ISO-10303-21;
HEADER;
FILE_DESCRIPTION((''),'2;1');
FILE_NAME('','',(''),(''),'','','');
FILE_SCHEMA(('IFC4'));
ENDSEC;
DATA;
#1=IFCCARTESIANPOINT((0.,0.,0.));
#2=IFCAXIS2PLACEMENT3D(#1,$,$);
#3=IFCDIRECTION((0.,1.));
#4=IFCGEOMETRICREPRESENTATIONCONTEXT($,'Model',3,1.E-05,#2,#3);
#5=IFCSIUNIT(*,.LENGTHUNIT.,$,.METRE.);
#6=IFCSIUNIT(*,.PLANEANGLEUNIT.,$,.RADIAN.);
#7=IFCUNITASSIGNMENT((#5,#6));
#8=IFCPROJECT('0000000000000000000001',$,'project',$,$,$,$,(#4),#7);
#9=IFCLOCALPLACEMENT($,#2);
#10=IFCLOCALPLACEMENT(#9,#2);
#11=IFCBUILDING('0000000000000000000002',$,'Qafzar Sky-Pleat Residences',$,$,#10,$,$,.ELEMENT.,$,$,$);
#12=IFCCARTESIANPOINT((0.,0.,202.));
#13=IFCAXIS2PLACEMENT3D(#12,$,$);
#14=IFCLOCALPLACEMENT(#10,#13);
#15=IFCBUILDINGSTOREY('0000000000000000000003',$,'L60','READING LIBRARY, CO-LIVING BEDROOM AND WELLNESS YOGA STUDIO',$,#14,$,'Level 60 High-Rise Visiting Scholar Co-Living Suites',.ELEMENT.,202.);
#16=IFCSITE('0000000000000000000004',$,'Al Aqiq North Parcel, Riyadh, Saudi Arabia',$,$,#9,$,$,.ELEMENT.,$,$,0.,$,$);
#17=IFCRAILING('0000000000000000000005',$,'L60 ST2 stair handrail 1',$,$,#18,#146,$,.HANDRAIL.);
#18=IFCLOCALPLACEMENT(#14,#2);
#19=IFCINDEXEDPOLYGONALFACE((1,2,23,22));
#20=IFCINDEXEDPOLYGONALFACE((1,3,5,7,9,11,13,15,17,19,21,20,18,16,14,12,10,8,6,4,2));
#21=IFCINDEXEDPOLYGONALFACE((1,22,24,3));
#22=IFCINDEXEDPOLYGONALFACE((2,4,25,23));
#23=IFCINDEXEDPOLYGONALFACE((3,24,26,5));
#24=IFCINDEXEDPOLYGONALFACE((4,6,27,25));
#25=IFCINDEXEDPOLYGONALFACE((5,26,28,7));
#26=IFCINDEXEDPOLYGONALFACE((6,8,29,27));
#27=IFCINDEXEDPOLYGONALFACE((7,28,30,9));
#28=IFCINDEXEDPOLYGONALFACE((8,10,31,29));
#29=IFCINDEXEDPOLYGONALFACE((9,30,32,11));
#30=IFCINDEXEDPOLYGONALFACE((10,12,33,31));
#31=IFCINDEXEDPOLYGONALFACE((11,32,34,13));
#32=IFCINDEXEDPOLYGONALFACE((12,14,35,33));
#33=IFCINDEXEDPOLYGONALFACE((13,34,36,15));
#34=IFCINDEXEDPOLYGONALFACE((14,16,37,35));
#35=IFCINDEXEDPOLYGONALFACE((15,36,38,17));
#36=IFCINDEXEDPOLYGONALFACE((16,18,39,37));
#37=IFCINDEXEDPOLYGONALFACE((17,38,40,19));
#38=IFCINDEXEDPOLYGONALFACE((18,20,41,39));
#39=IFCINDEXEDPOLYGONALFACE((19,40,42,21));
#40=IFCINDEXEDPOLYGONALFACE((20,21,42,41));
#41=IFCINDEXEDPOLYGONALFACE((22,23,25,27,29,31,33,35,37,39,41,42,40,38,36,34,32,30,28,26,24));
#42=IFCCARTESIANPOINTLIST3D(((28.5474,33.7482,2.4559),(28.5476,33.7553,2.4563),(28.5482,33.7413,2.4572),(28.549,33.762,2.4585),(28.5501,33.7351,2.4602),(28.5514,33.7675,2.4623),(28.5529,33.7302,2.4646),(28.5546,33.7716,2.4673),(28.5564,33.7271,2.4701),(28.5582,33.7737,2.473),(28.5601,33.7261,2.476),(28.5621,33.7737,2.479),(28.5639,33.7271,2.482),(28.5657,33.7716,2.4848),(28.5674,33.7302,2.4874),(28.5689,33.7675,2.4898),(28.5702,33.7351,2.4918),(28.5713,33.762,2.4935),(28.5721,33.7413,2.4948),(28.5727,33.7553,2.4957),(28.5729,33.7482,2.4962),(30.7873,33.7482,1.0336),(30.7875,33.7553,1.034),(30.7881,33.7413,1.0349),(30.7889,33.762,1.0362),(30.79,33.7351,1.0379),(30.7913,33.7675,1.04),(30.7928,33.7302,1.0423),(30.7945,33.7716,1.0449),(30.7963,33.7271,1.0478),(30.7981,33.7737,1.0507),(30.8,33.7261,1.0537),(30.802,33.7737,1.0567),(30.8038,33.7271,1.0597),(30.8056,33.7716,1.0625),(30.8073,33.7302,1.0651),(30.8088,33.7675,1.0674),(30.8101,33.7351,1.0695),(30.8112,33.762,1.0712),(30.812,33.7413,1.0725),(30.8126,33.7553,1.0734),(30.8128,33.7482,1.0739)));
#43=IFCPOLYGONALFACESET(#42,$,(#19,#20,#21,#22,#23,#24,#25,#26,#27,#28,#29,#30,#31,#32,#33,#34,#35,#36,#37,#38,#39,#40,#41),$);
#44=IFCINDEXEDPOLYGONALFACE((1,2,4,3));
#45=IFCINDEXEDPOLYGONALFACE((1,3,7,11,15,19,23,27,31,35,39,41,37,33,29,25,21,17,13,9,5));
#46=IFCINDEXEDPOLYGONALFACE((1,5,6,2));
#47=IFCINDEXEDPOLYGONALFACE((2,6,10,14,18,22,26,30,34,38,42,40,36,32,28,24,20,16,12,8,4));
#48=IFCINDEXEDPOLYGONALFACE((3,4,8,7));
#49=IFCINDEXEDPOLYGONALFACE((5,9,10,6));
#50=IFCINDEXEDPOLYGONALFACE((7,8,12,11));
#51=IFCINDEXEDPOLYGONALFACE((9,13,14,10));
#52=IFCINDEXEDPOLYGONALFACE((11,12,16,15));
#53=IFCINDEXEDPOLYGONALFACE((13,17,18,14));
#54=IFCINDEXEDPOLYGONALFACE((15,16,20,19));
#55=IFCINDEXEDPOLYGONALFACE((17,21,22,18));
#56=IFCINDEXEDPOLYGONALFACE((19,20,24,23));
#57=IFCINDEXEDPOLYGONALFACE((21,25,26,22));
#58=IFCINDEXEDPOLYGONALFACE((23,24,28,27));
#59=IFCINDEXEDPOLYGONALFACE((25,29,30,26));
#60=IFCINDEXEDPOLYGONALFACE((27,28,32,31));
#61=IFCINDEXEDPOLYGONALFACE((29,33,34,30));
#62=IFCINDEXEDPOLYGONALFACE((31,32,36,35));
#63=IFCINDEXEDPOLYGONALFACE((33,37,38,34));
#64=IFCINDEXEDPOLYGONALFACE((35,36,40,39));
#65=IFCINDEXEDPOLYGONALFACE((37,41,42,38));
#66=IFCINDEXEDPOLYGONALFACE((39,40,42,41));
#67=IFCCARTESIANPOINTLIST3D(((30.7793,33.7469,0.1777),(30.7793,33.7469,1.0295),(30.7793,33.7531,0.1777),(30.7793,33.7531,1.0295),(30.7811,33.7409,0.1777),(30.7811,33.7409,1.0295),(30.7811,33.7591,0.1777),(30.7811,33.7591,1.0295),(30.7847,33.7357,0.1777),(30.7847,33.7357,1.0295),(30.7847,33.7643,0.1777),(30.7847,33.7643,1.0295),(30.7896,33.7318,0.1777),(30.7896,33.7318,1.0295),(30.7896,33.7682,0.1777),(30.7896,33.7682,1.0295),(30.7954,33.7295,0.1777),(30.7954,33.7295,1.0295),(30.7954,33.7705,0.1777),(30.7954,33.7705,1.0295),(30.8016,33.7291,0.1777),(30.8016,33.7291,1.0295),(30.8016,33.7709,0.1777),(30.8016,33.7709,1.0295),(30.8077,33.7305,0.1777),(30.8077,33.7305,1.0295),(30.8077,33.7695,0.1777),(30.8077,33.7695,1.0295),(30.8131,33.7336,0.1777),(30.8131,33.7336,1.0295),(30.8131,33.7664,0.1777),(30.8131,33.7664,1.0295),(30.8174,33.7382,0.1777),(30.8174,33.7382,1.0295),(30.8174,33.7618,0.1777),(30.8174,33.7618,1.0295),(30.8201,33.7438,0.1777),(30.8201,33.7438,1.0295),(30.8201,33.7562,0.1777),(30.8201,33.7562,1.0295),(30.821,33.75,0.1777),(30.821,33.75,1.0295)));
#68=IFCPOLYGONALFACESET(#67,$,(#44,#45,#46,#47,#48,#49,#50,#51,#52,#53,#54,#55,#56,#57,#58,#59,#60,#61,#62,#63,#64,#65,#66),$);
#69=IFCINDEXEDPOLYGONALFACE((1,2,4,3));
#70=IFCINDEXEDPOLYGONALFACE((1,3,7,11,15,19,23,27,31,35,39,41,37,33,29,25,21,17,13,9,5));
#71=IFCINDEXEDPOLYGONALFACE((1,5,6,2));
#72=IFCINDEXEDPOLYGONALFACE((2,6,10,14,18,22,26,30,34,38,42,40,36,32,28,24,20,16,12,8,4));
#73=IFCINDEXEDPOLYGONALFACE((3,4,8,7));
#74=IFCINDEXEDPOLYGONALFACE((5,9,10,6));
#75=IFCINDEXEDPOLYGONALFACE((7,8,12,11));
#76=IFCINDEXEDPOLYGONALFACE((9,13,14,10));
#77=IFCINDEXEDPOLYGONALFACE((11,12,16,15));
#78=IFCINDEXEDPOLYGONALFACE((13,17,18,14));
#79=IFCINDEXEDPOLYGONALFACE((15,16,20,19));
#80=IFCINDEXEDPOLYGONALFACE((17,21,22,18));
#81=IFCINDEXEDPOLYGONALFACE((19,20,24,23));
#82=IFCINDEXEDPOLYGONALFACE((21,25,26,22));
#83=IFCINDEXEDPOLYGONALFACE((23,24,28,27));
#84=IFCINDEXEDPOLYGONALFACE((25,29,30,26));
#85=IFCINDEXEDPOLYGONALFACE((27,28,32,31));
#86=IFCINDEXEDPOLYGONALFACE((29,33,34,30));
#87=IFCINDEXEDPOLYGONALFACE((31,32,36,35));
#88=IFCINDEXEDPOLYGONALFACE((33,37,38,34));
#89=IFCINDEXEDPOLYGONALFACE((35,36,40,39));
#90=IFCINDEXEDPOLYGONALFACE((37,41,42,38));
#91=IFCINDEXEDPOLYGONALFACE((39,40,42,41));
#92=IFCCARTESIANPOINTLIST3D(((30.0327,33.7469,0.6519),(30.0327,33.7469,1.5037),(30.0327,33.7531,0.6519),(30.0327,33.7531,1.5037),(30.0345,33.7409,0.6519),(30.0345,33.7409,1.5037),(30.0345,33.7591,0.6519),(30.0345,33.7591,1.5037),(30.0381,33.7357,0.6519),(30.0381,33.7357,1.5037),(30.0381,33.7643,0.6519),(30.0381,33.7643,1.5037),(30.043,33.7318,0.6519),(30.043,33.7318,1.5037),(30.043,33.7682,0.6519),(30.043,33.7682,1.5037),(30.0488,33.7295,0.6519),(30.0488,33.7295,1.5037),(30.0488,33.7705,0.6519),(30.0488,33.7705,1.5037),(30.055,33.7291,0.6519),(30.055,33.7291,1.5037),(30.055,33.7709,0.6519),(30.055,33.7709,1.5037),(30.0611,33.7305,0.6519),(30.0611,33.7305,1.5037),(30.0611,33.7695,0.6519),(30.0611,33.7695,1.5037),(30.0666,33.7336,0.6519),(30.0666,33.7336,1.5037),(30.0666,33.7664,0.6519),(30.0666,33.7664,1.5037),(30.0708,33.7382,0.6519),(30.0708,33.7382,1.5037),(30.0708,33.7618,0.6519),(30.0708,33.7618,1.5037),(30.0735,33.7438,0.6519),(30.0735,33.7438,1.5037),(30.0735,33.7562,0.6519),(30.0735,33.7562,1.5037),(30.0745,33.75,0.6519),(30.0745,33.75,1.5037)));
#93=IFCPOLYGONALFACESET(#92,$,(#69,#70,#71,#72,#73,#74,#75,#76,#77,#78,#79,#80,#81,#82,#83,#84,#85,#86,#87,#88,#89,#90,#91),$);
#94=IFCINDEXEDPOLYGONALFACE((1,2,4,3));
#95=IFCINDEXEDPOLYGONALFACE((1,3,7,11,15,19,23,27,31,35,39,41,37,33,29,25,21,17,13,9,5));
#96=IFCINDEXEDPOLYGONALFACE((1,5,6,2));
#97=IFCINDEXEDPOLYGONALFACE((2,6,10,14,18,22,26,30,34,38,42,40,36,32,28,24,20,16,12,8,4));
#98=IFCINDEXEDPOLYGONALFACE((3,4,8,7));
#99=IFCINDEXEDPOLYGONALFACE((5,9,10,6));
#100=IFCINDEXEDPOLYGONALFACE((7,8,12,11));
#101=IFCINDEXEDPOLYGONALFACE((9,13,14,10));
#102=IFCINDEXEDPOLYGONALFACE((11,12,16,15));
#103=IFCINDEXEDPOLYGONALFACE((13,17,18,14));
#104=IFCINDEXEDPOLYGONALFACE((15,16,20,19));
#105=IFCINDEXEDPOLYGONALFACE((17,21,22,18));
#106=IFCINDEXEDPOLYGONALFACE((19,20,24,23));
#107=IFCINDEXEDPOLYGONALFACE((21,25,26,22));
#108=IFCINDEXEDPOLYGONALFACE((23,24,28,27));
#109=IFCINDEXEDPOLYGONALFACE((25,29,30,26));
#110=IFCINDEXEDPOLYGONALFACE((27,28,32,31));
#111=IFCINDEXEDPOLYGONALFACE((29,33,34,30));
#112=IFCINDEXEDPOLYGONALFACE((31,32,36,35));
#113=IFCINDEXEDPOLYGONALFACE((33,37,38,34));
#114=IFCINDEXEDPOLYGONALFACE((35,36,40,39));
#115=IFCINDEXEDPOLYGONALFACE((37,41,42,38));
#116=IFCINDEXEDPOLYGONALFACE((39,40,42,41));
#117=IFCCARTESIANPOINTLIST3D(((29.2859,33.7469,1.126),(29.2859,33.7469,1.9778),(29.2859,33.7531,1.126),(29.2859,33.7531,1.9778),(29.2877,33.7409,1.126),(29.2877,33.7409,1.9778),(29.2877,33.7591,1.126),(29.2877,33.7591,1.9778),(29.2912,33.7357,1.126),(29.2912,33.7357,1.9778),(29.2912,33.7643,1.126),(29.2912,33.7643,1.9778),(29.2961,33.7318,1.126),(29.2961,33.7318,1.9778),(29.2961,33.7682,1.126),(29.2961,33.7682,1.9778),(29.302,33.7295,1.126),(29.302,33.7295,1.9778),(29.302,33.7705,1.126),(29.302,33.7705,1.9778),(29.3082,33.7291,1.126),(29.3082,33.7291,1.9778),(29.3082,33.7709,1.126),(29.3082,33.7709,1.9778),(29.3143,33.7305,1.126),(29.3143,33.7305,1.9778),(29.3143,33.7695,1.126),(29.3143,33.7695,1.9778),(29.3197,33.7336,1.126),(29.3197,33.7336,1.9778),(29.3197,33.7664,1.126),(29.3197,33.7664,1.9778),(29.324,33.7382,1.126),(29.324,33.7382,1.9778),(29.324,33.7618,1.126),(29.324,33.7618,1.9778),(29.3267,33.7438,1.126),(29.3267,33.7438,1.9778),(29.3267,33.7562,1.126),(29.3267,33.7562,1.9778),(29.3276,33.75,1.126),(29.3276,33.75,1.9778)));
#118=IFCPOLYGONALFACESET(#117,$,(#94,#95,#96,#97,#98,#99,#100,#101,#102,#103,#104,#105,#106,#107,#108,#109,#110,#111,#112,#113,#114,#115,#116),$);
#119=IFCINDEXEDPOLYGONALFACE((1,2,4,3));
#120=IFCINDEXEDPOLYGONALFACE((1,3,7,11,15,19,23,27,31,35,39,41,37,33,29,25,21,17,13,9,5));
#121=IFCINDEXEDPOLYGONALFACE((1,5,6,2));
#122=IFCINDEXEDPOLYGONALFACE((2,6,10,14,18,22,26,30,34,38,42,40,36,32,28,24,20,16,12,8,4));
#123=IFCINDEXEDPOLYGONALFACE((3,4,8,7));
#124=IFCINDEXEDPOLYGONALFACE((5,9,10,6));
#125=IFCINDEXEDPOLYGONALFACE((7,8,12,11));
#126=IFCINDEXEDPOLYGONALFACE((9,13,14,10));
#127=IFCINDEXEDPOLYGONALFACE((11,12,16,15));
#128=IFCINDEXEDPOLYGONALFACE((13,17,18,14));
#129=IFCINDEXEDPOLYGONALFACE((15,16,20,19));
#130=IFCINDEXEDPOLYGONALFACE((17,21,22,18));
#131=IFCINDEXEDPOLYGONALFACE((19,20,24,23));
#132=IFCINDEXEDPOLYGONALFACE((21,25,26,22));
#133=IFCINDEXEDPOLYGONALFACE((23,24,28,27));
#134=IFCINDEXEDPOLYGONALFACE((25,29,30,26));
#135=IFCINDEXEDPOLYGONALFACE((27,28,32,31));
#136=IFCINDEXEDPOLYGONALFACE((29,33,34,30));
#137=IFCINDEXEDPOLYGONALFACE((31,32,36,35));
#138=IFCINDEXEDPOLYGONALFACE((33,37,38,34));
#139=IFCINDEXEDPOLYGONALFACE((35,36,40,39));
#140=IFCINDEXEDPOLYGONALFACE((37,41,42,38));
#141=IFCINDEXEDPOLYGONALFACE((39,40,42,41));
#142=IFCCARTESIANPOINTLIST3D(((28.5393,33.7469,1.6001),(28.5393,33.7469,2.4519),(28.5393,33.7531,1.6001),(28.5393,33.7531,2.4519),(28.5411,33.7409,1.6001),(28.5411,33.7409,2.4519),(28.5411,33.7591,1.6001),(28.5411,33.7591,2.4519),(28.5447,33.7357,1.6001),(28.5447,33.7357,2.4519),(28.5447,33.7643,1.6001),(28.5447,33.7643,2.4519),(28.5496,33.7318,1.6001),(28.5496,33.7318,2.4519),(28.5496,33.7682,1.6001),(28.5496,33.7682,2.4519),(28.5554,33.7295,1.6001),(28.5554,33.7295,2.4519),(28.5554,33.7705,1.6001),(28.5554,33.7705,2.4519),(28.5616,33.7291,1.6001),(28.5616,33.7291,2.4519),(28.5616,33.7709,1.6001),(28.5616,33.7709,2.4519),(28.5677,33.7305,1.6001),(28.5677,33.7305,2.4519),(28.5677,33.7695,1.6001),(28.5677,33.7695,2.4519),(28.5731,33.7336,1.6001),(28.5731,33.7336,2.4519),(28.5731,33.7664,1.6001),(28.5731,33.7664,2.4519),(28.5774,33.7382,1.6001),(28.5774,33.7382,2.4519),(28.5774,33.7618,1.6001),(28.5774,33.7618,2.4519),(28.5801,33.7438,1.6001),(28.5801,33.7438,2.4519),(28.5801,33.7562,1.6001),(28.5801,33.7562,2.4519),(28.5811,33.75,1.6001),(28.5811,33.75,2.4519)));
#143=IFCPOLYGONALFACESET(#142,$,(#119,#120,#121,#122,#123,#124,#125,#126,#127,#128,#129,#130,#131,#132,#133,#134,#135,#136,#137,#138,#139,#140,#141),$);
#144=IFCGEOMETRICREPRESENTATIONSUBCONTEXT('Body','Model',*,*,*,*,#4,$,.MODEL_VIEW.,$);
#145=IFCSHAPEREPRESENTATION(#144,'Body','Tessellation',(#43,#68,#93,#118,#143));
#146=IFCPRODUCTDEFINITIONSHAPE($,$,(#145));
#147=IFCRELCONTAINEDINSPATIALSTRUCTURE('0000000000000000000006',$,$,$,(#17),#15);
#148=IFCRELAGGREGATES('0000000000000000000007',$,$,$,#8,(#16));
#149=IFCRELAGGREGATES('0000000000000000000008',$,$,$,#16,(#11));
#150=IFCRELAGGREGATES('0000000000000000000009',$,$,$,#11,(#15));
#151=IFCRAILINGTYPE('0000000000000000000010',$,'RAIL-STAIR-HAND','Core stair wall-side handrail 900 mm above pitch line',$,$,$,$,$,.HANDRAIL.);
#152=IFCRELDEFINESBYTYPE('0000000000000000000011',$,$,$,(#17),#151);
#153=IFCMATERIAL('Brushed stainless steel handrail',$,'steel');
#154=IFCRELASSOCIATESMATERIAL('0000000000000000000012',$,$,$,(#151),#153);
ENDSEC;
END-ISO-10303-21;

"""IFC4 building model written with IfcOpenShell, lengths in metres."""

from ifc_helpers import new_model, si_unit, direction, frame, origin, origin_2d, place, context, subcontext, project, spatial, circle, extrude, source, transform, mapped, material, type_object, element, save


model = new_model("IFC4")

# Units and contexts
model_context = context("Model", 3, precision=1e-05, world=origin(), true_north=direction((0.0, 1.0)))
body_context = subcontext(model_context, "Body", "Model", "MODEL_VIEW")
ifc_project = project(units=[si_unit("LENGTHUNIT", "METRE"), si_unit("PLANEANGLEUNIT", "RADIAN")], contexts=[model_context])

# Site, building, storey
site_placement = place(None, origin())
site = spatial("IfcSite", under=ifc_project, at=site_placement, Name="Al Aqiq North Parcel, Riyadh, Saudi Arabia", CompositionType="ELEMENT", RefElevation=0.0)
building_placement = place(site_placement, origin())
building = spatial("IfcBuilding", under=site, at=building_placement, Name="Qafzar Sky-Pleat Residences", CompositionType="ELEMENT")
storey_placement = place(building_placement, frame((0.0, 0.0, 202.0)))
storey = spatial("IfcBuildingStorey", under=building, at=storey_placement, Name="L60", Description="READING LIBRARY, CO-LIVING BEDROOM AND WELLNESS YOGA STUDIO", LongName="Level 60 High-Rise Visiting Scholar Co-Living Suites", CompositionType="ELEMENT", Elevation=202.0)

# Railing
ifc_material_1 = material(Name="Brushed stainless steel handrail", Category="steel")
railing_type_1 = type_object("IfcRailingType", Name="RAIL-STAIR-HAND", Description="Core stair wall-side handrail 900 mm above pitch line", PredefinedType="HANDRAIL", material=ifc_material_1)
shared_shape_1 = source(origin(), body_context, "Body", "SweptSolid", [
    extrude(circle(Radius=0.0239, at=origin_2d()), frame((0.0, 0.0, 0.876), z_axis=(-0.844188, 0.0, 0.536048), x_axis=(0.0, -1.0, 0.0)), (0.0, 0.0, 1.0), 2.6533),
    extrude(circle(Radius=0.021, at=origin_2d()), origin(), (0.0, 0.0, 1.0), 0.8518),
    extrude(circle(Radius=0.021, at=origin_2d()), frame((-0.7466, 0.0, 0.4741)), (0.0, 0.0, 1.0), 0.8518),
    extrude(circle(Radius=0.021, at=origin_2d()), frame((-1.4934, 0.0, 0.9482)), (0.0, 0.0, 1.0), 0.8518),
    extrude(circle(Radius=0.021, at=origin_2d()), frame((-2.24, 0.0, 1.4224)), (0.0, 0.0, 1.0), 0.8518),
])
railing_1_placement = place(storey_placement, frame((30.8, 33.75, 0.1777)))
element("IfcRailing", 1, at=railing_1_placement, inside=storey, type_object=railing_type_1, Name="L60 ST2 stair handrail 1", PredefinedType="HANDRAIL", context=body_context, shape_type="MappedRepresentation", body=[
    mapped(shared_shape_1, transform((0.0, 0.0, 0.0), x_axis=(1.0, 0.0, 0.0), y_axis=(0.0, 1.0, 0.0), z_axis=(0.0, 0.0, 1.0), scale=1.0)),
])

save(model, "model.ifc")
